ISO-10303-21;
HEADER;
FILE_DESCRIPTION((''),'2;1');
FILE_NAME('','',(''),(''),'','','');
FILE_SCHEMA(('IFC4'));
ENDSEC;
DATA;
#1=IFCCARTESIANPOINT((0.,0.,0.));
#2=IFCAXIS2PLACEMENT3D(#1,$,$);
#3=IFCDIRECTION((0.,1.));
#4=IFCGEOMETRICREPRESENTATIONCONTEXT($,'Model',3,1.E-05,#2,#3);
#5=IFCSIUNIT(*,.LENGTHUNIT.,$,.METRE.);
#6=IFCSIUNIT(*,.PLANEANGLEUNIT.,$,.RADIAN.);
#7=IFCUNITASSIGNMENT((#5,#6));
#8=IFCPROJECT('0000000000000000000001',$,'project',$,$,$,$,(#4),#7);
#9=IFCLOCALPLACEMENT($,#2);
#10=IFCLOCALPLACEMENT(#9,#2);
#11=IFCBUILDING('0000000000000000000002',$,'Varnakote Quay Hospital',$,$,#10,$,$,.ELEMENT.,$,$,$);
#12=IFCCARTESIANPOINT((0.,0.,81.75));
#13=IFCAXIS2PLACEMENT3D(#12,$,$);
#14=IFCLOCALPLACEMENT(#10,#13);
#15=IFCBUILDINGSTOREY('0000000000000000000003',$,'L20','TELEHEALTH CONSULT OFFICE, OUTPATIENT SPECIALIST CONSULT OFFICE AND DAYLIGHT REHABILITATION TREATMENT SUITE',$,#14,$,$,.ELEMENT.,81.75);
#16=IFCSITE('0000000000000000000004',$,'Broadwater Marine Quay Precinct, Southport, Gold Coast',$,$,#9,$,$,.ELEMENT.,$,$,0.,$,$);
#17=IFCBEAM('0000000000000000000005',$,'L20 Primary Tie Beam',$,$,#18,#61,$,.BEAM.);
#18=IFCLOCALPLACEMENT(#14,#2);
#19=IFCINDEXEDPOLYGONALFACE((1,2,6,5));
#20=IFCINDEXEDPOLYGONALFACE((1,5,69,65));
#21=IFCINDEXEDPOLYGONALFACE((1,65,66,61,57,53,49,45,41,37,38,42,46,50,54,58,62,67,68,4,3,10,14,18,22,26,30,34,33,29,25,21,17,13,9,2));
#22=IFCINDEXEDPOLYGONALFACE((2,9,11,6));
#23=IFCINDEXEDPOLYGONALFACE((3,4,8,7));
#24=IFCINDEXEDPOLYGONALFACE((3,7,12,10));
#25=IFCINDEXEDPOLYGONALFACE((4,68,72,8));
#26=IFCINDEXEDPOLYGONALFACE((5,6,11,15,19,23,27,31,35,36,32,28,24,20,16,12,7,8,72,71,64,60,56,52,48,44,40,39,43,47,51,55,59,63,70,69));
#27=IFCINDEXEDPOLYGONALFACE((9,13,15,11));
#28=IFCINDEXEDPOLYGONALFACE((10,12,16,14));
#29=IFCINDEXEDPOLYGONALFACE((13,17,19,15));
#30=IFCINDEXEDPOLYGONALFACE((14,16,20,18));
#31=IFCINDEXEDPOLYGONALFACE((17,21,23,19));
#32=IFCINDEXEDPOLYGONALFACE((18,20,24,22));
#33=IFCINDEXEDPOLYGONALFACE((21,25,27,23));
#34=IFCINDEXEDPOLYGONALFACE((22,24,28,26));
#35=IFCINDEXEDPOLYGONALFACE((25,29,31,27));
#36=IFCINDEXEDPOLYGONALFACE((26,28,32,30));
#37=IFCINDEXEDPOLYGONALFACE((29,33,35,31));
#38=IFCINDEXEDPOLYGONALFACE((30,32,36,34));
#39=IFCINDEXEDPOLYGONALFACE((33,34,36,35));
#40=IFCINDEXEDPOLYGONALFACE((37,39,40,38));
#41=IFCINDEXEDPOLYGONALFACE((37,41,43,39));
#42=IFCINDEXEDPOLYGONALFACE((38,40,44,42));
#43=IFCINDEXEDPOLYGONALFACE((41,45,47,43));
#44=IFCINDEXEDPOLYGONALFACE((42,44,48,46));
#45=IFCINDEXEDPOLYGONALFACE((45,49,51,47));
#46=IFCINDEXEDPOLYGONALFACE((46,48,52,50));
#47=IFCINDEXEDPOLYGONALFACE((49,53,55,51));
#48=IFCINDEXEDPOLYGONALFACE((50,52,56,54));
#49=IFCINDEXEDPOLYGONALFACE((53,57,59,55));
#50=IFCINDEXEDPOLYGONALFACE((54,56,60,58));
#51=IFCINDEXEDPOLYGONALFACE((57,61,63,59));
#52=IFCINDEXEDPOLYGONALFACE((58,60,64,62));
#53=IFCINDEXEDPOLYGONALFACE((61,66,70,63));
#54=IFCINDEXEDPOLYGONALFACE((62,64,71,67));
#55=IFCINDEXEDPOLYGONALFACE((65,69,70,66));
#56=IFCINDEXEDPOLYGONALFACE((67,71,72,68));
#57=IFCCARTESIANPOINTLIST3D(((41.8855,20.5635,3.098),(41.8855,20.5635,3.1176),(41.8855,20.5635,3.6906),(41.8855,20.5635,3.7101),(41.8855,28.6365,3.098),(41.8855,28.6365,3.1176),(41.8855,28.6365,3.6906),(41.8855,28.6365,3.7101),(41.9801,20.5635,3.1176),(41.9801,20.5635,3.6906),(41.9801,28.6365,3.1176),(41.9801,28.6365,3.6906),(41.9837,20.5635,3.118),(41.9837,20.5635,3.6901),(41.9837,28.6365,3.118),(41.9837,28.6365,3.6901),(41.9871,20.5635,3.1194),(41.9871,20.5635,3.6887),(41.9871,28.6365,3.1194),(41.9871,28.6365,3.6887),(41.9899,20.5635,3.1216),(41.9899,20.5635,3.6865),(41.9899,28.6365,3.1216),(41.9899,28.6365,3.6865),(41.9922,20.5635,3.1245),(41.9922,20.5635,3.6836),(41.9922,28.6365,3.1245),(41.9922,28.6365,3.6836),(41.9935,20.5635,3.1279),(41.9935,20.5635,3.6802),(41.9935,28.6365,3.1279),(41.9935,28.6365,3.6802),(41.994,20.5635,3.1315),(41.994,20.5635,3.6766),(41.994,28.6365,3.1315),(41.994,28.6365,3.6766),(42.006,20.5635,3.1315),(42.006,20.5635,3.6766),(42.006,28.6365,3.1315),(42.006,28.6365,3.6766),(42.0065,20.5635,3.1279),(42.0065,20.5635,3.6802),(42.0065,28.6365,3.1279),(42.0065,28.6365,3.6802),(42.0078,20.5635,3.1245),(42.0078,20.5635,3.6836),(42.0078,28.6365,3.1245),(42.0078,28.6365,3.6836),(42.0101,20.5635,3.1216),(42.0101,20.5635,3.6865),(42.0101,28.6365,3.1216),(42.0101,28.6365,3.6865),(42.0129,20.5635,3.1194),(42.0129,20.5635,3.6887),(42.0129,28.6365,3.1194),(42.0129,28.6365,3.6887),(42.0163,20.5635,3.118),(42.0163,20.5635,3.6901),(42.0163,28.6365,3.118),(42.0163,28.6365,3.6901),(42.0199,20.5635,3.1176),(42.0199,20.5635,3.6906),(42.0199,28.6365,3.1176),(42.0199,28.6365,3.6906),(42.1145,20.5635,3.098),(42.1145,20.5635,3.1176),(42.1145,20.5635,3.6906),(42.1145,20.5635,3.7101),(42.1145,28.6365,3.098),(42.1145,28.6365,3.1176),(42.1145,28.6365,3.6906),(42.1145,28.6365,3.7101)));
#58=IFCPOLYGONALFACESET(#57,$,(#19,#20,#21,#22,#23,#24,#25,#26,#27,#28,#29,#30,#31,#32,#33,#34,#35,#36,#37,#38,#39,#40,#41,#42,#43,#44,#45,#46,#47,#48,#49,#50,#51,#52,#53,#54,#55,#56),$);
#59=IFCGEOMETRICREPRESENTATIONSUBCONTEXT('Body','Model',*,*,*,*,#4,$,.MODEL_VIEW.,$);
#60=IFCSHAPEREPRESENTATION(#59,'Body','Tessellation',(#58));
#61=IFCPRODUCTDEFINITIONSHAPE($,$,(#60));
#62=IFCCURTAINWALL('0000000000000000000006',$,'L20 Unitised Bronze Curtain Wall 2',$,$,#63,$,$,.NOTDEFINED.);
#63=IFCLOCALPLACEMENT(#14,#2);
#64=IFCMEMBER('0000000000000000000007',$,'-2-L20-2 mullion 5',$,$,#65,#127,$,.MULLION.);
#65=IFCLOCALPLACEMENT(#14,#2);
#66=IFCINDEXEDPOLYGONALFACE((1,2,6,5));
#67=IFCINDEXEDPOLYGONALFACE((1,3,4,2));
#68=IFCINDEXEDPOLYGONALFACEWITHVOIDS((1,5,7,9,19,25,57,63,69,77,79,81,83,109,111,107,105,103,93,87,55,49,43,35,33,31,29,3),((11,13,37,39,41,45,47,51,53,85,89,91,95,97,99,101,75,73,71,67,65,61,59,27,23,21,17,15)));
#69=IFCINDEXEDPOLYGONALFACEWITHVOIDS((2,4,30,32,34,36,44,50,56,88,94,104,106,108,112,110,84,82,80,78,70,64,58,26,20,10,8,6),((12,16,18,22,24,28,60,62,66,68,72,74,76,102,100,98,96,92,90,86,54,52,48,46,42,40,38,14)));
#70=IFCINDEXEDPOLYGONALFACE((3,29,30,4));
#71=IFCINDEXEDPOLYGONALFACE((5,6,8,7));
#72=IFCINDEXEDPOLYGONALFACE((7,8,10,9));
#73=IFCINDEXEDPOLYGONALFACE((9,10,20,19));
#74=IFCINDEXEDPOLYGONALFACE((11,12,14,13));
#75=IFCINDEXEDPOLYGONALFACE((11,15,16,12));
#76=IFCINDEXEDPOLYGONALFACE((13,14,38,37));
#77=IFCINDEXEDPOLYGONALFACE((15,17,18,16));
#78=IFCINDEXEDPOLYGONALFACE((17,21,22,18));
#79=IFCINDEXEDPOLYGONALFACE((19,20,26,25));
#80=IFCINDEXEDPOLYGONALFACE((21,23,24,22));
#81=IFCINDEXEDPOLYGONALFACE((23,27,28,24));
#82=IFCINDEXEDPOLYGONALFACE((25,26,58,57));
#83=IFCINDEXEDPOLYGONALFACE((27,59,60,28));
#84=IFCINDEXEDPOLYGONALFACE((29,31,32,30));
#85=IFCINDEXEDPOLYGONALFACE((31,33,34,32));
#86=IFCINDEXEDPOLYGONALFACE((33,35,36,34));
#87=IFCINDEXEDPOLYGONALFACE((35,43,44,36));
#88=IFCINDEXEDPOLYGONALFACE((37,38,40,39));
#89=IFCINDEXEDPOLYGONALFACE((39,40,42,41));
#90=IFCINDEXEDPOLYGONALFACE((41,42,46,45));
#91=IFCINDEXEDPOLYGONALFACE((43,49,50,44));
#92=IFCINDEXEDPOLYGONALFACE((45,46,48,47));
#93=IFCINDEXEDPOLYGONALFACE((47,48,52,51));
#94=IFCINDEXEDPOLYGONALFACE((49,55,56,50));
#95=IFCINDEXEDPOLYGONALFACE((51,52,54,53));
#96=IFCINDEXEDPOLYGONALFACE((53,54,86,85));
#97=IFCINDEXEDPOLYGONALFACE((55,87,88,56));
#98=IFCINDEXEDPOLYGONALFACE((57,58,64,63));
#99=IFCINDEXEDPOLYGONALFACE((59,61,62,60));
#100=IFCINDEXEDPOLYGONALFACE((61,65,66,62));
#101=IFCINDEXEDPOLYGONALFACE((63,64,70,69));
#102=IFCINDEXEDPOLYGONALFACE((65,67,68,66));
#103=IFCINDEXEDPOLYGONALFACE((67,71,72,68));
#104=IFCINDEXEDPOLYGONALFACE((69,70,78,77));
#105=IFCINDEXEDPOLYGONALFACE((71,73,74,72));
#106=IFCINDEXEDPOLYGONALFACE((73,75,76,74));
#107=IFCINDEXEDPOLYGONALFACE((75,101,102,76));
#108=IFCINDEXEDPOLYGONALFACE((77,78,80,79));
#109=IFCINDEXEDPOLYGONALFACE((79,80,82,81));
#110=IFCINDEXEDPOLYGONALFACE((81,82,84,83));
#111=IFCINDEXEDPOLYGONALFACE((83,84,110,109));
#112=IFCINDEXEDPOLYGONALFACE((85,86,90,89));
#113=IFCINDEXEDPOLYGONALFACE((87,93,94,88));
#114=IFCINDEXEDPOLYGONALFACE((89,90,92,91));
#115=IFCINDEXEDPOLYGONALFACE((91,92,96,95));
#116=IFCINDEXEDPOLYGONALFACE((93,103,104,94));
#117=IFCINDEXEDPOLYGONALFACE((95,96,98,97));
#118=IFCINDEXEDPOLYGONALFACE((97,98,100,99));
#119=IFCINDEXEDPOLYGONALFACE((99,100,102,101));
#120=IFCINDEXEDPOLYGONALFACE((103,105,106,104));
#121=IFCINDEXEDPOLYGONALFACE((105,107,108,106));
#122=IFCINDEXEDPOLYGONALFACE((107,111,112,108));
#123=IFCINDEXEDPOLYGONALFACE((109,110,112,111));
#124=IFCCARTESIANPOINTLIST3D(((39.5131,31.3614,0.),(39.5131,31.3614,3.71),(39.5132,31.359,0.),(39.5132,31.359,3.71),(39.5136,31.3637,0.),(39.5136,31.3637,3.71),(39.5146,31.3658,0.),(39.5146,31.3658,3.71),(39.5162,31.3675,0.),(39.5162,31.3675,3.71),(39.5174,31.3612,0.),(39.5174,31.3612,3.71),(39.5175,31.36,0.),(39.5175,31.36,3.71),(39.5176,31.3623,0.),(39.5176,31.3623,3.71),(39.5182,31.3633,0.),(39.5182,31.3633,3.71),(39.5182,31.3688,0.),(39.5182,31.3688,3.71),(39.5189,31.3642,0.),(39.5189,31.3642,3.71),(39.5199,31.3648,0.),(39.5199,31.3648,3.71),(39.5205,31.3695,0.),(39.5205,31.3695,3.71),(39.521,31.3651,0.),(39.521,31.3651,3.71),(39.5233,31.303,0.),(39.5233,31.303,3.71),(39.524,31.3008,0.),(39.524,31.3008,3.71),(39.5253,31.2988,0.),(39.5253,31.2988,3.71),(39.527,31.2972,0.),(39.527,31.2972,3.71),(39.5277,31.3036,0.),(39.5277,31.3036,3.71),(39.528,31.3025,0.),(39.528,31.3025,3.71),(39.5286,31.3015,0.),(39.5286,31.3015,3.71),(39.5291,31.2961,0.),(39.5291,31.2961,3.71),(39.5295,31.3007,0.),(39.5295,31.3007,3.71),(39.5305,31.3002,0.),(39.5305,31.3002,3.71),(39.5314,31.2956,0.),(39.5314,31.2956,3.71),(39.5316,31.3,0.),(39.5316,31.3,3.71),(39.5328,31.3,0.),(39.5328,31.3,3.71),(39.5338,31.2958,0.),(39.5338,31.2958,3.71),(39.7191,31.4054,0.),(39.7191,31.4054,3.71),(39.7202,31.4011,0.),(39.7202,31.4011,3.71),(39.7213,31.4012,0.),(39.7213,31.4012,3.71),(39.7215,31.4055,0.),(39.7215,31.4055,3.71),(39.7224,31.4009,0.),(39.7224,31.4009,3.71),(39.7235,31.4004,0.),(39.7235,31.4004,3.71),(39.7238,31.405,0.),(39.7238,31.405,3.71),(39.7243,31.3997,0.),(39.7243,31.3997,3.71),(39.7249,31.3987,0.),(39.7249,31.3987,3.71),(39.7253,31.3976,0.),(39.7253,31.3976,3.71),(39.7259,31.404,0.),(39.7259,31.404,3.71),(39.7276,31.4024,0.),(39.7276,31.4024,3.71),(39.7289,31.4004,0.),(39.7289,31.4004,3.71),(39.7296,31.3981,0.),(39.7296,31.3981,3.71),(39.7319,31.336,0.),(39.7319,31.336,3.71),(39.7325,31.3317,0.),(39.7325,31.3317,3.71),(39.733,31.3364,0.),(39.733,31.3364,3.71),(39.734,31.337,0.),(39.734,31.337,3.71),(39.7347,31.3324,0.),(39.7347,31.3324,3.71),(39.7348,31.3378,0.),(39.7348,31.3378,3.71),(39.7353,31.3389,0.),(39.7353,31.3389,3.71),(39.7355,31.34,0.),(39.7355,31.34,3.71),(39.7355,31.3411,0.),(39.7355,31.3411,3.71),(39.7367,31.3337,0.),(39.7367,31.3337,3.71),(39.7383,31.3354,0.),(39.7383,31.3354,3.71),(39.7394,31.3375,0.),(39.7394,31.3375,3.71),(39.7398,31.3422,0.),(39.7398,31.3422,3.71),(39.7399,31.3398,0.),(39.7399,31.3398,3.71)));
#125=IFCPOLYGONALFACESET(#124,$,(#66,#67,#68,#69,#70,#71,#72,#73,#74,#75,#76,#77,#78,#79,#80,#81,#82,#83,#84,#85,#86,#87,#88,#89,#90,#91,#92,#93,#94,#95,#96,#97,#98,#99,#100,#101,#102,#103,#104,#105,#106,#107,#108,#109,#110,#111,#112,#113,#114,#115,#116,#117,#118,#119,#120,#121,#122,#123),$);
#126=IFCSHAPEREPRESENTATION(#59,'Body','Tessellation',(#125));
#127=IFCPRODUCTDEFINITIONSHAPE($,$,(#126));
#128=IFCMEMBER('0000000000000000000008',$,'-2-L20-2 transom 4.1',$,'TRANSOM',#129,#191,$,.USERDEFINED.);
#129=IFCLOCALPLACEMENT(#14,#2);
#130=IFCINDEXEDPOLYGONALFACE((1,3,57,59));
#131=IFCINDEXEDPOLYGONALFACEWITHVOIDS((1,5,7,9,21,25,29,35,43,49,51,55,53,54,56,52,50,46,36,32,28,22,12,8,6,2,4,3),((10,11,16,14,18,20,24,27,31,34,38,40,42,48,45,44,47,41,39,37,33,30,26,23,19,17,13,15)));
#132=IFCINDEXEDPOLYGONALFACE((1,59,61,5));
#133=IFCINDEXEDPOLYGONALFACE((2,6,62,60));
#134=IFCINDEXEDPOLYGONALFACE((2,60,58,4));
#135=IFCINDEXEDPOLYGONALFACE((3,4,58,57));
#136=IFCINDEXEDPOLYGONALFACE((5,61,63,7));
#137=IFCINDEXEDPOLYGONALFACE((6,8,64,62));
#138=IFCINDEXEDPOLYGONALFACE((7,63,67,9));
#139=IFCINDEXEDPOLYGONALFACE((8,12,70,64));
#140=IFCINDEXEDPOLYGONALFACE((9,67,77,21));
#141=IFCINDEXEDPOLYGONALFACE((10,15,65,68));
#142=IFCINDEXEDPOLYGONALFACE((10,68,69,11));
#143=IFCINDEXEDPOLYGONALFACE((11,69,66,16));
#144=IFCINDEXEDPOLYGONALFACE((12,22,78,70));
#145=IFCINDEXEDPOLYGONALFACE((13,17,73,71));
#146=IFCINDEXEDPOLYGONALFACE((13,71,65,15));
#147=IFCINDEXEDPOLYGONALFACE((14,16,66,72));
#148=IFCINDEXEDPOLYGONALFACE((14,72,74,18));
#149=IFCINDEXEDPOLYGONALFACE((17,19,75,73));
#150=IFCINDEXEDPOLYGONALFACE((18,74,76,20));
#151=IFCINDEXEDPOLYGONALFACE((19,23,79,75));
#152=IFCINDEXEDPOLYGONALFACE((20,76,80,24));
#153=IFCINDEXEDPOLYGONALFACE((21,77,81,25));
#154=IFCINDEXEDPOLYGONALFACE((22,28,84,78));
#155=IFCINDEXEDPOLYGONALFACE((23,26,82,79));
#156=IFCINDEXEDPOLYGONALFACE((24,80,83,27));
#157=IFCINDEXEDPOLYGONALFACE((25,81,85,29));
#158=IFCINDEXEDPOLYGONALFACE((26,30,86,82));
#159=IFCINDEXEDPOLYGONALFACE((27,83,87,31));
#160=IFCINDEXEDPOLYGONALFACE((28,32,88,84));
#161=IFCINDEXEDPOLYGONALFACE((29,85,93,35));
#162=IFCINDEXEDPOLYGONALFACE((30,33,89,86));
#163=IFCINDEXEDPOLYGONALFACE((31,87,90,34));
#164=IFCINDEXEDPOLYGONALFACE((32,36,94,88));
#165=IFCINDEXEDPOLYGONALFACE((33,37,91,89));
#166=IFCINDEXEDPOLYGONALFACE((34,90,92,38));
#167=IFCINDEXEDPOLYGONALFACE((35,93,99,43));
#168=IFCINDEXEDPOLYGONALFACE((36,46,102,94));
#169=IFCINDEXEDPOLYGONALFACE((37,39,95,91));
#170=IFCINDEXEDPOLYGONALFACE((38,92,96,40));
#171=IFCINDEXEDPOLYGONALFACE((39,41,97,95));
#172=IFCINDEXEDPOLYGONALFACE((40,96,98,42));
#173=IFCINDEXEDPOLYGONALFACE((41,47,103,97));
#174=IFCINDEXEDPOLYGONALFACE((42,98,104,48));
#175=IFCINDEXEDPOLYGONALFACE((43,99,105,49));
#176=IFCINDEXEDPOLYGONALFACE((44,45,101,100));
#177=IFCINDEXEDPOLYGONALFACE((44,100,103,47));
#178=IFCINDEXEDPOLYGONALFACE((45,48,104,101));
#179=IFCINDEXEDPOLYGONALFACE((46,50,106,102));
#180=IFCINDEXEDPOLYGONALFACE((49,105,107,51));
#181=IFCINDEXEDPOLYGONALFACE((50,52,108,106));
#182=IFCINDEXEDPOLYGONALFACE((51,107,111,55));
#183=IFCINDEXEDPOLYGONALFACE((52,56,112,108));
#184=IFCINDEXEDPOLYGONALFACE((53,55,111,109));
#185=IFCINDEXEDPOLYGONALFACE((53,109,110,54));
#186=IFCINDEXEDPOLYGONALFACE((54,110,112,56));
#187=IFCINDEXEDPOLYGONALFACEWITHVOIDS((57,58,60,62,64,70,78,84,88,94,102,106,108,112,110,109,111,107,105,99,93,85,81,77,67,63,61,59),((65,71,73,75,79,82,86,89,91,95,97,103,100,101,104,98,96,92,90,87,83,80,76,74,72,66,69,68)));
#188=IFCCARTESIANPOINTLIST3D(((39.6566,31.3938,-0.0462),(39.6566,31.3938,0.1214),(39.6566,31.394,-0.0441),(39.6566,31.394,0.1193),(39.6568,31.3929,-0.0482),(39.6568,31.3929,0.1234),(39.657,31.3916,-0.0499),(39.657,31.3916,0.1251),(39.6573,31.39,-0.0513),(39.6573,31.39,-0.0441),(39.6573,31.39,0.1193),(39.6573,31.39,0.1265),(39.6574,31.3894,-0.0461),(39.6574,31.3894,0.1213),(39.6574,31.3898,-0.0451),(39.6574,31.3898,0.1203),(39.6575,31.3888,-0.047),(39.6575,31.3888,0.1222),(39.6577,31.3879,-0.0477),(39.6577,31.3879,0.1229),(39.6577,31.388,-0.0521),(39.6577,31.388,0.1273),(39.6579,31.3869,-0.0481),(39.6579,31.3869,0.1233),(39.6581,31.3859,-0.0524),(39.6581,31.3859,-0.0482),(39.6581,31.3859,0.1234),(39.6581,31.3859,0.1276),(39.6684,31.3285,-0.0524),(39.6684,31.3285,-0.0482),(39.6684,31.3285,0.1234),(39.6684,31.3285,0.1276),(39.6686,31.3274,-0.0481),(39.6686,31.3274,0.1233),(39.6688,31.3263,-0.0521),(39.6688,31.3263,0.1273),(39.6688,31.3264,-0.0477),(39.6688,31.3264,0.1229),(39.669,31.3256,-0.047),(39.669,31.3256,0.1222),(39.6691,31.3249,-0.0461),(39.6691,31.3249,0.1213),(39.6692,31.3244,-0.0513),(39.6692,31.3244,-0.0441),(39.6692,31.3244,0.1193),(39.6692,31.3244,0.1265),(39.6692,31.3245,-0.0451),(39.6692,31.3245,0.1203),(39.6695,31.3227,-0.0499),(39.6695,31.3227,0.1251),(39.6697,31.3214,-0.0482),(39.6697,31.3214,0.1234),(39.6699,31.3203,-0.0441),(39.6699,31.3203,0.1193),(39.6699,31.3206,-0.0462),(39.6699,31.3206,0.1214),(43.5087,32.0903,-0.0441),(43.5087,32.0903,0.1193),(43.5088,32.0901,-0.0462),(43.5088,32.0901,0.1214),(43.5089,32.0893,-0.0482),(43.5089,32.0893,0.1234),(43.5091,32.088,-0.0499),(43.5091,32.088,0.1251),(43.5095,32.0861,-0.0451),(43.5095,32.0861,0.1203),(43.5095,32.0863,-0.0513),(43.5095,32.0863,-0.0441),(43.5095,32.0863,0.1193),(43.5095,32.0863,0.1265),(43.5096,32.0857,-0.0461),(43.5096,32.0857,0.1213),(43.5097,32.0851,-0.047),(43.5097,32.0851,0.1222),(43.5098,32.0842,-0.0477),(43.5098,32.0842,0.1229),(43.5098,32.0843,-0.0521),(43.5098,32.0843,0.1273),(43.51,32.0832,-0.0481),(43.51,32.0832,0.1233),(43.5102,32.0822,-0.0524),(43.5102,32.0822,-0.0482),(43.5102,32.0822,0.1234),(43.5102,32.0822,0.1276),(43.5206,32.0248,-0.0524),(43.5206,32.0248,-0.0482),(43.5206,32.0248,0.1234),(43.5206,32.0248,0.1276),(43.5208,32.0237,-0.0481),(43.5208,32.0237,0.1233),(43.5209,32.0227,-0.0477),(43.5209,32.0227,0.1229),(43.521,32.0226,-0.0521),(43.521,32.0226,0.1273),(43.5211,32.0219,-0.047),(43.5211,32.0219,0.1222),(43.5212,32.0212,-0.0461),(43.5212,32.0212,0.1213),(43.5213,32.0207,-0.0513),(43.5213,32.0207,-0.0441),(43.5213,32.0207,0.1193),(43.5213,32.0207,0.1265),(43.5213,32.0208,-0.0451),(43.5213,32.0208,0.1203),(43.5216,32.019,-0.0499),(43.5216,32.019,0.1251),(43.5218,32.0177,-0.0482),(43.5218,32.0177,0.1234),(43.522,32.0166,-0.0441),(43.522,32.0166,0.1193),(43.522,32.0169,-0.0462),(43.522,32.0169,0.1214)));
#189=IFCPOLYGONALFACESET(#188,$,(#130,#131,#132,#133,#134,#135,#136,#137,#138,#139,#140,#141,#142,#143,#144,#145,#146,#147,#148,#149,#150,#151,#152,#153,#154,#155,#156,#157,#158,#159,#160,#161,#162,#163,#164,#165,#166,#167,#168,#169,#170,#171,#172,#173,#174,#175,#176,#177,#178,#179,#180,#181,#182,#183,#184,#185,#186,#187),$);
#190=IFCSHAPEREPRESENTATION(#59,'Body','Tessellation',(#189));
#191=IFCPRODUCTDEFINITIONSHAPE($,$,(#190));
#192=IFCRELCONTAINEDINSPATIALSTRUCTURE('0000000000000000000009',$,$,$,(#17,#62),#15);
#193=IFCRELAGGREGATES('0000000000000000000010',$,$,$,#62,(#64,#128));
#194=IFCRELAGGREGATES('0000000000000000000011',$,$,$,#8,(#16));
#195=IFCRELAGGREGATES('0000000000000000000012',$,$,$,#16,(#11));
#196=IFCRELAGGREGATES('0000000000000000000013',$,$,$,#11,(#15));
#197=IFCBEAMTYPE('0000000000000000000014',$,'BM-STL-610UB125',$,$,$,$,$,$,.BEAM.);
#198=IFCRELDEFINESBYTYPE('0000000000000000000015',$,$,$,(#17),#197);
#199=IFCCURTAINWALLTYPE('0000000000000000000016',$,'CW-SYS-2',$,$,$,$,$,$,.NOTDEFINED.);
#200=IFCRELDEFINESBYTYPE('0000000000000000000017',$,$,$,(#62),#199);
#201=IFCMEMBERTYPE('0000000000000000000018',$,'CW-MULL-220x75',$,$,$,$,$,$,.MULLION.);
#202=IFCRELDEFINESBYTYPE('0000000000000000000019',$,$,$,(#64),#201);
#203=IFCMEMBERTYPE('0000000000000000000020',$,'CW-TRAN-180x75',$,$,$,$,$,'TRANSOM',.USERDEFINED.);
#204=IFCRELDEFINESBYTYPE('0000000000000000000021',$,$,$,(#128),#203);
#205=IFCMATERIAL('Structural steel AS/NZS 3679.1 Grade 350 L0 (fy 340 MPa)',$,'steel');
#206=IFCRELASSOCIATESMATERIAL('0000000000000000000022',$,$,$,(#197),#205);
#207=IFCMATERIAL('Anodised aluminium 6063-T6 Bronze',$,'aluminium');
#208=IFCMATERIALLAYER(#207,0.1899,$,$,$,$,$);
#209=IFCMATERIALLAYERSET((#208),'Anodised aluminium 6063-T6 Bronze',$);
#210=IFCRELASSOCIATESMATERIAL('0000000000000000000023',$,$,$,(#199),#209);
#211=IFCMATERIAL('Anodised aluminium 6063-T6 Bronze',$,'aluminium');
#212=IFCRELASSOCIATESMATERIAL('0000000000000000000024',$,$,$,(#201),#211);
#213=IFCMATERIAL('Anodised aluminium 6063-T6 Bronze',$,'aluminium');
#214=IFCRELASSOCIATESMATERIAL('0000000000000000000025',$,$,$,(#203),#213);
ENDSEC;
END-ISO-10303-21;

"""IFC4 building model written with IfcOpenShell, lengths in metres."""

from ifc_helpers import new_model, si_unit, direction, frame, origin, origin_2d, place, context, subcontext, project, spatial, hollow_rectangle, i_section, extrude, material, layer, layer_set, material_profile, profile_set, type_object, element, aggregate, save


model = new_model("IFC4")

# Units and contexts
model_context = context("Model", 3, precision=1e-05, world=origin(), true_north=direction((0.0, 1.0)))
body_context = subcontext(model_context, "Body", "Model", "MODEL_VIEW")
ifc_project = project(units=[si_unit("LENGTHUNIT", "METRE"), si_unit("PLANEANGLEUNIT", "RADIAN")], contexts=[model_context])

# Site, building, storey
site_placement = place(None, origin())
site = spatial("IfcSite", under=ifc_project, at=site_placement, Name="Broadwater Marine Quay Precinct, Southport, Gold Coast", CompositionType="ELEMENT", RefElevation=0.0)
building_placement = place(site_placement, origin())
building = spatial("IfcBuilding", under=site, at=building_placement, Name="Varnakote Quay Hospital", CompositionType="ELEMENT")
storey_placement = place(building_placement, frame((0.0, 0.0, 81.75)))
storey = spatial("IfcBuildingStorey", under=building, at=storey_placement, Name="L20", Description="TELEHEALTH CONSULT OFFICE, OUTPATIENT SPECIALIST CONSULT OFFICE AND DAYLIGHT REHABILITATION TREATMENT SUITE", CompositionType="ELEMENT", Elevation=81.75)

# Beam
ifc_material_1 = material(Name="Structural steel AS/NZS 3679.1 Grade 350 L0 (fy 340 MPa)", Category="steel")
ifc_material_profile_1 = material_profile(ifc_material_1, i_section(OverallWidth=0.229, OverallDepth=0.6121, WebThickness=0.012, FlangeThickness=0.0195, FilletRadius=0.0139, at=origin_2d()), Name="610UB125")
ifc_profile_set_1 = profile_set([ifc_material_profile_1], Name="Structural steel AS/NZS 3679.1 Grade 350 L0 (fy 340 MPa)")
beam_type_1 = type_object("IfcBeamType", Name="BM-STL-610UB125", PredefinedType="BEAM", material=ifc_profile_set_1)
beam_1_placement = place(storey_placement, frame((42.0, 20.5635, 3.4041), z_axis=(0.0, 1.0, 0.0), x_axis=(-1.0, 0.0, 0.0)))
element("IfcBeam", 1, at=beam_1_placement, inside=storey, type_object=beam_type_1, Name="L20 Primary Tie Beam", PredefinedType="BEAM", context=body_context, shape_type="SweptSolid", body=[
    extrude(i_section(OverallWidth=0.229, OverallDepth=0.6121, WebThickness=0.012, FlangeThickness=0.0195, FilletRadius=0.0139, at=origin_2d()), origin(), (0.0, 0.0, 1.0), 8.073),
])

# Curtain wall, members
ifc_material_2 = material(Name="Anodised aluminium 6063-T6 Bronze", Category="aluminium")
ifc_layer_1 = layer(ifc_material_2, 0.1899)
ifc_layer_set_1 = layer_set([ifc_layer_1], Name="Anodised aluminium 6063-T6 Bronze")
curtain_wall_type = type_object("IfcCurtainWallType", Name="CW-SYS-2", PredefinedType="NOTDEFINED", material=ifc_layer_set_1)
curtain_wall_placement = place(storey_placement, origin())
curtain_wall = element("IfcCurtainWall", 2, at=curtain_wall_placement, inside=storey, type_object=curtain_wall_type, Name="L20 Unitised Bronze Curtain Wall 2", PredefinedType="NOTDEFINED")
ifc_material_3 = material(Name="Anodised aluminium 6063-T6 Bronze", Category="aluminium")
ifc_material_profile_2 = material_profile(ifc_material_3, hollow_rectangle(XDim=0.075, YDim=0.22, WallThickness=0.0044, InnerFilletRadius=0.0044, OuterFilletRadius=0.009, at=origin_2d()), Name="CW-MULL-220x75")
ifc_profile_set_2 = profile_set([ifc_material_profile_2], Name="Anodised aluminium 6063-T6 Bronze")
member_type_1 = type_object("IfcMemberType", Name="CW-MULL-220x75", PredefinedType="MULLION", material=ifc_profile_set_2)
member_1_placement = place(storey_placement, frame((39.6265, 31.3506, 0.0), z_axis=(0.0, 0.0, 1.0), x_axis=(0.177846, -0.984058, 0.0)))
member_1 = element("IfcMember", 3, at=member_1_placement, type_object=member_type_1, Name="-2-L20-2 mullion 5", PredefinedType="MULLION", context=body_context, shape_type="SweptSolid", body=[
    extrude(hollow_rectangle(XDim=0.075, YDim=0.22, WallThickness=0.0044, InnerFilletRadius=0.0044, OuterFilletRadius=0.009, at=origin_2d()), origin(), (0.0, 0.0, 1.0), 3.71),
])
ifc_material_4 = material(Name="Anodised aluminium 6063-T6 Bronze", Category="aluminium")
ifc_material_profile_3 = material_profile(ifc_material_4, hollow_rectangle(XDim=0.075, YDim=0.1799, WallThickness=0.0042, InnerFilletRadius=0.0042, OuterFilletRadius=0.0083, at=origin_2d()), Name="CW-TRAN-180x75")
ifc_profile_set_3 = profile_set([ifc_material_profile_3], Name="Anodised aluminium 6063-T6 Bronze")
member_type_2 = type_object("IfcMemberType", Name="CW-TRAN-180x75", ElementType="TRANSOM", PredefinedType="USERDEFINED", material=ifc_profile_set_3)
member_2_placement = place(storey_placement, frame((43.5154, 32.0535, 0.0376), z_axis=(-0.984053, -0.177875, 0.0), x_axis=(0.177875, -0.984053, 0.0)))
member_2 = element("IfcMember", 4, at=member_2_placement, type_object=member_type_2, Name="-2-L20-2 transom 4.1", ObjectType="TRANSOM", PredefinedType="USERDEFINED", context=body_context, shape_type="SweptSolid", body=[
    extrude(hollow_rectangle(XDim=0.075, YDim=0.1799, WallThickness=0.0042, InnerFilletRadius=0.0042, OuterFilletRadius=0.0083, at=origin_2d()), origin(), (0.0, 0.0, 1.0), 3.9146),
])

aggregate(curtain_wall, [member_1, member_2])

save(model, "model.ifc")
